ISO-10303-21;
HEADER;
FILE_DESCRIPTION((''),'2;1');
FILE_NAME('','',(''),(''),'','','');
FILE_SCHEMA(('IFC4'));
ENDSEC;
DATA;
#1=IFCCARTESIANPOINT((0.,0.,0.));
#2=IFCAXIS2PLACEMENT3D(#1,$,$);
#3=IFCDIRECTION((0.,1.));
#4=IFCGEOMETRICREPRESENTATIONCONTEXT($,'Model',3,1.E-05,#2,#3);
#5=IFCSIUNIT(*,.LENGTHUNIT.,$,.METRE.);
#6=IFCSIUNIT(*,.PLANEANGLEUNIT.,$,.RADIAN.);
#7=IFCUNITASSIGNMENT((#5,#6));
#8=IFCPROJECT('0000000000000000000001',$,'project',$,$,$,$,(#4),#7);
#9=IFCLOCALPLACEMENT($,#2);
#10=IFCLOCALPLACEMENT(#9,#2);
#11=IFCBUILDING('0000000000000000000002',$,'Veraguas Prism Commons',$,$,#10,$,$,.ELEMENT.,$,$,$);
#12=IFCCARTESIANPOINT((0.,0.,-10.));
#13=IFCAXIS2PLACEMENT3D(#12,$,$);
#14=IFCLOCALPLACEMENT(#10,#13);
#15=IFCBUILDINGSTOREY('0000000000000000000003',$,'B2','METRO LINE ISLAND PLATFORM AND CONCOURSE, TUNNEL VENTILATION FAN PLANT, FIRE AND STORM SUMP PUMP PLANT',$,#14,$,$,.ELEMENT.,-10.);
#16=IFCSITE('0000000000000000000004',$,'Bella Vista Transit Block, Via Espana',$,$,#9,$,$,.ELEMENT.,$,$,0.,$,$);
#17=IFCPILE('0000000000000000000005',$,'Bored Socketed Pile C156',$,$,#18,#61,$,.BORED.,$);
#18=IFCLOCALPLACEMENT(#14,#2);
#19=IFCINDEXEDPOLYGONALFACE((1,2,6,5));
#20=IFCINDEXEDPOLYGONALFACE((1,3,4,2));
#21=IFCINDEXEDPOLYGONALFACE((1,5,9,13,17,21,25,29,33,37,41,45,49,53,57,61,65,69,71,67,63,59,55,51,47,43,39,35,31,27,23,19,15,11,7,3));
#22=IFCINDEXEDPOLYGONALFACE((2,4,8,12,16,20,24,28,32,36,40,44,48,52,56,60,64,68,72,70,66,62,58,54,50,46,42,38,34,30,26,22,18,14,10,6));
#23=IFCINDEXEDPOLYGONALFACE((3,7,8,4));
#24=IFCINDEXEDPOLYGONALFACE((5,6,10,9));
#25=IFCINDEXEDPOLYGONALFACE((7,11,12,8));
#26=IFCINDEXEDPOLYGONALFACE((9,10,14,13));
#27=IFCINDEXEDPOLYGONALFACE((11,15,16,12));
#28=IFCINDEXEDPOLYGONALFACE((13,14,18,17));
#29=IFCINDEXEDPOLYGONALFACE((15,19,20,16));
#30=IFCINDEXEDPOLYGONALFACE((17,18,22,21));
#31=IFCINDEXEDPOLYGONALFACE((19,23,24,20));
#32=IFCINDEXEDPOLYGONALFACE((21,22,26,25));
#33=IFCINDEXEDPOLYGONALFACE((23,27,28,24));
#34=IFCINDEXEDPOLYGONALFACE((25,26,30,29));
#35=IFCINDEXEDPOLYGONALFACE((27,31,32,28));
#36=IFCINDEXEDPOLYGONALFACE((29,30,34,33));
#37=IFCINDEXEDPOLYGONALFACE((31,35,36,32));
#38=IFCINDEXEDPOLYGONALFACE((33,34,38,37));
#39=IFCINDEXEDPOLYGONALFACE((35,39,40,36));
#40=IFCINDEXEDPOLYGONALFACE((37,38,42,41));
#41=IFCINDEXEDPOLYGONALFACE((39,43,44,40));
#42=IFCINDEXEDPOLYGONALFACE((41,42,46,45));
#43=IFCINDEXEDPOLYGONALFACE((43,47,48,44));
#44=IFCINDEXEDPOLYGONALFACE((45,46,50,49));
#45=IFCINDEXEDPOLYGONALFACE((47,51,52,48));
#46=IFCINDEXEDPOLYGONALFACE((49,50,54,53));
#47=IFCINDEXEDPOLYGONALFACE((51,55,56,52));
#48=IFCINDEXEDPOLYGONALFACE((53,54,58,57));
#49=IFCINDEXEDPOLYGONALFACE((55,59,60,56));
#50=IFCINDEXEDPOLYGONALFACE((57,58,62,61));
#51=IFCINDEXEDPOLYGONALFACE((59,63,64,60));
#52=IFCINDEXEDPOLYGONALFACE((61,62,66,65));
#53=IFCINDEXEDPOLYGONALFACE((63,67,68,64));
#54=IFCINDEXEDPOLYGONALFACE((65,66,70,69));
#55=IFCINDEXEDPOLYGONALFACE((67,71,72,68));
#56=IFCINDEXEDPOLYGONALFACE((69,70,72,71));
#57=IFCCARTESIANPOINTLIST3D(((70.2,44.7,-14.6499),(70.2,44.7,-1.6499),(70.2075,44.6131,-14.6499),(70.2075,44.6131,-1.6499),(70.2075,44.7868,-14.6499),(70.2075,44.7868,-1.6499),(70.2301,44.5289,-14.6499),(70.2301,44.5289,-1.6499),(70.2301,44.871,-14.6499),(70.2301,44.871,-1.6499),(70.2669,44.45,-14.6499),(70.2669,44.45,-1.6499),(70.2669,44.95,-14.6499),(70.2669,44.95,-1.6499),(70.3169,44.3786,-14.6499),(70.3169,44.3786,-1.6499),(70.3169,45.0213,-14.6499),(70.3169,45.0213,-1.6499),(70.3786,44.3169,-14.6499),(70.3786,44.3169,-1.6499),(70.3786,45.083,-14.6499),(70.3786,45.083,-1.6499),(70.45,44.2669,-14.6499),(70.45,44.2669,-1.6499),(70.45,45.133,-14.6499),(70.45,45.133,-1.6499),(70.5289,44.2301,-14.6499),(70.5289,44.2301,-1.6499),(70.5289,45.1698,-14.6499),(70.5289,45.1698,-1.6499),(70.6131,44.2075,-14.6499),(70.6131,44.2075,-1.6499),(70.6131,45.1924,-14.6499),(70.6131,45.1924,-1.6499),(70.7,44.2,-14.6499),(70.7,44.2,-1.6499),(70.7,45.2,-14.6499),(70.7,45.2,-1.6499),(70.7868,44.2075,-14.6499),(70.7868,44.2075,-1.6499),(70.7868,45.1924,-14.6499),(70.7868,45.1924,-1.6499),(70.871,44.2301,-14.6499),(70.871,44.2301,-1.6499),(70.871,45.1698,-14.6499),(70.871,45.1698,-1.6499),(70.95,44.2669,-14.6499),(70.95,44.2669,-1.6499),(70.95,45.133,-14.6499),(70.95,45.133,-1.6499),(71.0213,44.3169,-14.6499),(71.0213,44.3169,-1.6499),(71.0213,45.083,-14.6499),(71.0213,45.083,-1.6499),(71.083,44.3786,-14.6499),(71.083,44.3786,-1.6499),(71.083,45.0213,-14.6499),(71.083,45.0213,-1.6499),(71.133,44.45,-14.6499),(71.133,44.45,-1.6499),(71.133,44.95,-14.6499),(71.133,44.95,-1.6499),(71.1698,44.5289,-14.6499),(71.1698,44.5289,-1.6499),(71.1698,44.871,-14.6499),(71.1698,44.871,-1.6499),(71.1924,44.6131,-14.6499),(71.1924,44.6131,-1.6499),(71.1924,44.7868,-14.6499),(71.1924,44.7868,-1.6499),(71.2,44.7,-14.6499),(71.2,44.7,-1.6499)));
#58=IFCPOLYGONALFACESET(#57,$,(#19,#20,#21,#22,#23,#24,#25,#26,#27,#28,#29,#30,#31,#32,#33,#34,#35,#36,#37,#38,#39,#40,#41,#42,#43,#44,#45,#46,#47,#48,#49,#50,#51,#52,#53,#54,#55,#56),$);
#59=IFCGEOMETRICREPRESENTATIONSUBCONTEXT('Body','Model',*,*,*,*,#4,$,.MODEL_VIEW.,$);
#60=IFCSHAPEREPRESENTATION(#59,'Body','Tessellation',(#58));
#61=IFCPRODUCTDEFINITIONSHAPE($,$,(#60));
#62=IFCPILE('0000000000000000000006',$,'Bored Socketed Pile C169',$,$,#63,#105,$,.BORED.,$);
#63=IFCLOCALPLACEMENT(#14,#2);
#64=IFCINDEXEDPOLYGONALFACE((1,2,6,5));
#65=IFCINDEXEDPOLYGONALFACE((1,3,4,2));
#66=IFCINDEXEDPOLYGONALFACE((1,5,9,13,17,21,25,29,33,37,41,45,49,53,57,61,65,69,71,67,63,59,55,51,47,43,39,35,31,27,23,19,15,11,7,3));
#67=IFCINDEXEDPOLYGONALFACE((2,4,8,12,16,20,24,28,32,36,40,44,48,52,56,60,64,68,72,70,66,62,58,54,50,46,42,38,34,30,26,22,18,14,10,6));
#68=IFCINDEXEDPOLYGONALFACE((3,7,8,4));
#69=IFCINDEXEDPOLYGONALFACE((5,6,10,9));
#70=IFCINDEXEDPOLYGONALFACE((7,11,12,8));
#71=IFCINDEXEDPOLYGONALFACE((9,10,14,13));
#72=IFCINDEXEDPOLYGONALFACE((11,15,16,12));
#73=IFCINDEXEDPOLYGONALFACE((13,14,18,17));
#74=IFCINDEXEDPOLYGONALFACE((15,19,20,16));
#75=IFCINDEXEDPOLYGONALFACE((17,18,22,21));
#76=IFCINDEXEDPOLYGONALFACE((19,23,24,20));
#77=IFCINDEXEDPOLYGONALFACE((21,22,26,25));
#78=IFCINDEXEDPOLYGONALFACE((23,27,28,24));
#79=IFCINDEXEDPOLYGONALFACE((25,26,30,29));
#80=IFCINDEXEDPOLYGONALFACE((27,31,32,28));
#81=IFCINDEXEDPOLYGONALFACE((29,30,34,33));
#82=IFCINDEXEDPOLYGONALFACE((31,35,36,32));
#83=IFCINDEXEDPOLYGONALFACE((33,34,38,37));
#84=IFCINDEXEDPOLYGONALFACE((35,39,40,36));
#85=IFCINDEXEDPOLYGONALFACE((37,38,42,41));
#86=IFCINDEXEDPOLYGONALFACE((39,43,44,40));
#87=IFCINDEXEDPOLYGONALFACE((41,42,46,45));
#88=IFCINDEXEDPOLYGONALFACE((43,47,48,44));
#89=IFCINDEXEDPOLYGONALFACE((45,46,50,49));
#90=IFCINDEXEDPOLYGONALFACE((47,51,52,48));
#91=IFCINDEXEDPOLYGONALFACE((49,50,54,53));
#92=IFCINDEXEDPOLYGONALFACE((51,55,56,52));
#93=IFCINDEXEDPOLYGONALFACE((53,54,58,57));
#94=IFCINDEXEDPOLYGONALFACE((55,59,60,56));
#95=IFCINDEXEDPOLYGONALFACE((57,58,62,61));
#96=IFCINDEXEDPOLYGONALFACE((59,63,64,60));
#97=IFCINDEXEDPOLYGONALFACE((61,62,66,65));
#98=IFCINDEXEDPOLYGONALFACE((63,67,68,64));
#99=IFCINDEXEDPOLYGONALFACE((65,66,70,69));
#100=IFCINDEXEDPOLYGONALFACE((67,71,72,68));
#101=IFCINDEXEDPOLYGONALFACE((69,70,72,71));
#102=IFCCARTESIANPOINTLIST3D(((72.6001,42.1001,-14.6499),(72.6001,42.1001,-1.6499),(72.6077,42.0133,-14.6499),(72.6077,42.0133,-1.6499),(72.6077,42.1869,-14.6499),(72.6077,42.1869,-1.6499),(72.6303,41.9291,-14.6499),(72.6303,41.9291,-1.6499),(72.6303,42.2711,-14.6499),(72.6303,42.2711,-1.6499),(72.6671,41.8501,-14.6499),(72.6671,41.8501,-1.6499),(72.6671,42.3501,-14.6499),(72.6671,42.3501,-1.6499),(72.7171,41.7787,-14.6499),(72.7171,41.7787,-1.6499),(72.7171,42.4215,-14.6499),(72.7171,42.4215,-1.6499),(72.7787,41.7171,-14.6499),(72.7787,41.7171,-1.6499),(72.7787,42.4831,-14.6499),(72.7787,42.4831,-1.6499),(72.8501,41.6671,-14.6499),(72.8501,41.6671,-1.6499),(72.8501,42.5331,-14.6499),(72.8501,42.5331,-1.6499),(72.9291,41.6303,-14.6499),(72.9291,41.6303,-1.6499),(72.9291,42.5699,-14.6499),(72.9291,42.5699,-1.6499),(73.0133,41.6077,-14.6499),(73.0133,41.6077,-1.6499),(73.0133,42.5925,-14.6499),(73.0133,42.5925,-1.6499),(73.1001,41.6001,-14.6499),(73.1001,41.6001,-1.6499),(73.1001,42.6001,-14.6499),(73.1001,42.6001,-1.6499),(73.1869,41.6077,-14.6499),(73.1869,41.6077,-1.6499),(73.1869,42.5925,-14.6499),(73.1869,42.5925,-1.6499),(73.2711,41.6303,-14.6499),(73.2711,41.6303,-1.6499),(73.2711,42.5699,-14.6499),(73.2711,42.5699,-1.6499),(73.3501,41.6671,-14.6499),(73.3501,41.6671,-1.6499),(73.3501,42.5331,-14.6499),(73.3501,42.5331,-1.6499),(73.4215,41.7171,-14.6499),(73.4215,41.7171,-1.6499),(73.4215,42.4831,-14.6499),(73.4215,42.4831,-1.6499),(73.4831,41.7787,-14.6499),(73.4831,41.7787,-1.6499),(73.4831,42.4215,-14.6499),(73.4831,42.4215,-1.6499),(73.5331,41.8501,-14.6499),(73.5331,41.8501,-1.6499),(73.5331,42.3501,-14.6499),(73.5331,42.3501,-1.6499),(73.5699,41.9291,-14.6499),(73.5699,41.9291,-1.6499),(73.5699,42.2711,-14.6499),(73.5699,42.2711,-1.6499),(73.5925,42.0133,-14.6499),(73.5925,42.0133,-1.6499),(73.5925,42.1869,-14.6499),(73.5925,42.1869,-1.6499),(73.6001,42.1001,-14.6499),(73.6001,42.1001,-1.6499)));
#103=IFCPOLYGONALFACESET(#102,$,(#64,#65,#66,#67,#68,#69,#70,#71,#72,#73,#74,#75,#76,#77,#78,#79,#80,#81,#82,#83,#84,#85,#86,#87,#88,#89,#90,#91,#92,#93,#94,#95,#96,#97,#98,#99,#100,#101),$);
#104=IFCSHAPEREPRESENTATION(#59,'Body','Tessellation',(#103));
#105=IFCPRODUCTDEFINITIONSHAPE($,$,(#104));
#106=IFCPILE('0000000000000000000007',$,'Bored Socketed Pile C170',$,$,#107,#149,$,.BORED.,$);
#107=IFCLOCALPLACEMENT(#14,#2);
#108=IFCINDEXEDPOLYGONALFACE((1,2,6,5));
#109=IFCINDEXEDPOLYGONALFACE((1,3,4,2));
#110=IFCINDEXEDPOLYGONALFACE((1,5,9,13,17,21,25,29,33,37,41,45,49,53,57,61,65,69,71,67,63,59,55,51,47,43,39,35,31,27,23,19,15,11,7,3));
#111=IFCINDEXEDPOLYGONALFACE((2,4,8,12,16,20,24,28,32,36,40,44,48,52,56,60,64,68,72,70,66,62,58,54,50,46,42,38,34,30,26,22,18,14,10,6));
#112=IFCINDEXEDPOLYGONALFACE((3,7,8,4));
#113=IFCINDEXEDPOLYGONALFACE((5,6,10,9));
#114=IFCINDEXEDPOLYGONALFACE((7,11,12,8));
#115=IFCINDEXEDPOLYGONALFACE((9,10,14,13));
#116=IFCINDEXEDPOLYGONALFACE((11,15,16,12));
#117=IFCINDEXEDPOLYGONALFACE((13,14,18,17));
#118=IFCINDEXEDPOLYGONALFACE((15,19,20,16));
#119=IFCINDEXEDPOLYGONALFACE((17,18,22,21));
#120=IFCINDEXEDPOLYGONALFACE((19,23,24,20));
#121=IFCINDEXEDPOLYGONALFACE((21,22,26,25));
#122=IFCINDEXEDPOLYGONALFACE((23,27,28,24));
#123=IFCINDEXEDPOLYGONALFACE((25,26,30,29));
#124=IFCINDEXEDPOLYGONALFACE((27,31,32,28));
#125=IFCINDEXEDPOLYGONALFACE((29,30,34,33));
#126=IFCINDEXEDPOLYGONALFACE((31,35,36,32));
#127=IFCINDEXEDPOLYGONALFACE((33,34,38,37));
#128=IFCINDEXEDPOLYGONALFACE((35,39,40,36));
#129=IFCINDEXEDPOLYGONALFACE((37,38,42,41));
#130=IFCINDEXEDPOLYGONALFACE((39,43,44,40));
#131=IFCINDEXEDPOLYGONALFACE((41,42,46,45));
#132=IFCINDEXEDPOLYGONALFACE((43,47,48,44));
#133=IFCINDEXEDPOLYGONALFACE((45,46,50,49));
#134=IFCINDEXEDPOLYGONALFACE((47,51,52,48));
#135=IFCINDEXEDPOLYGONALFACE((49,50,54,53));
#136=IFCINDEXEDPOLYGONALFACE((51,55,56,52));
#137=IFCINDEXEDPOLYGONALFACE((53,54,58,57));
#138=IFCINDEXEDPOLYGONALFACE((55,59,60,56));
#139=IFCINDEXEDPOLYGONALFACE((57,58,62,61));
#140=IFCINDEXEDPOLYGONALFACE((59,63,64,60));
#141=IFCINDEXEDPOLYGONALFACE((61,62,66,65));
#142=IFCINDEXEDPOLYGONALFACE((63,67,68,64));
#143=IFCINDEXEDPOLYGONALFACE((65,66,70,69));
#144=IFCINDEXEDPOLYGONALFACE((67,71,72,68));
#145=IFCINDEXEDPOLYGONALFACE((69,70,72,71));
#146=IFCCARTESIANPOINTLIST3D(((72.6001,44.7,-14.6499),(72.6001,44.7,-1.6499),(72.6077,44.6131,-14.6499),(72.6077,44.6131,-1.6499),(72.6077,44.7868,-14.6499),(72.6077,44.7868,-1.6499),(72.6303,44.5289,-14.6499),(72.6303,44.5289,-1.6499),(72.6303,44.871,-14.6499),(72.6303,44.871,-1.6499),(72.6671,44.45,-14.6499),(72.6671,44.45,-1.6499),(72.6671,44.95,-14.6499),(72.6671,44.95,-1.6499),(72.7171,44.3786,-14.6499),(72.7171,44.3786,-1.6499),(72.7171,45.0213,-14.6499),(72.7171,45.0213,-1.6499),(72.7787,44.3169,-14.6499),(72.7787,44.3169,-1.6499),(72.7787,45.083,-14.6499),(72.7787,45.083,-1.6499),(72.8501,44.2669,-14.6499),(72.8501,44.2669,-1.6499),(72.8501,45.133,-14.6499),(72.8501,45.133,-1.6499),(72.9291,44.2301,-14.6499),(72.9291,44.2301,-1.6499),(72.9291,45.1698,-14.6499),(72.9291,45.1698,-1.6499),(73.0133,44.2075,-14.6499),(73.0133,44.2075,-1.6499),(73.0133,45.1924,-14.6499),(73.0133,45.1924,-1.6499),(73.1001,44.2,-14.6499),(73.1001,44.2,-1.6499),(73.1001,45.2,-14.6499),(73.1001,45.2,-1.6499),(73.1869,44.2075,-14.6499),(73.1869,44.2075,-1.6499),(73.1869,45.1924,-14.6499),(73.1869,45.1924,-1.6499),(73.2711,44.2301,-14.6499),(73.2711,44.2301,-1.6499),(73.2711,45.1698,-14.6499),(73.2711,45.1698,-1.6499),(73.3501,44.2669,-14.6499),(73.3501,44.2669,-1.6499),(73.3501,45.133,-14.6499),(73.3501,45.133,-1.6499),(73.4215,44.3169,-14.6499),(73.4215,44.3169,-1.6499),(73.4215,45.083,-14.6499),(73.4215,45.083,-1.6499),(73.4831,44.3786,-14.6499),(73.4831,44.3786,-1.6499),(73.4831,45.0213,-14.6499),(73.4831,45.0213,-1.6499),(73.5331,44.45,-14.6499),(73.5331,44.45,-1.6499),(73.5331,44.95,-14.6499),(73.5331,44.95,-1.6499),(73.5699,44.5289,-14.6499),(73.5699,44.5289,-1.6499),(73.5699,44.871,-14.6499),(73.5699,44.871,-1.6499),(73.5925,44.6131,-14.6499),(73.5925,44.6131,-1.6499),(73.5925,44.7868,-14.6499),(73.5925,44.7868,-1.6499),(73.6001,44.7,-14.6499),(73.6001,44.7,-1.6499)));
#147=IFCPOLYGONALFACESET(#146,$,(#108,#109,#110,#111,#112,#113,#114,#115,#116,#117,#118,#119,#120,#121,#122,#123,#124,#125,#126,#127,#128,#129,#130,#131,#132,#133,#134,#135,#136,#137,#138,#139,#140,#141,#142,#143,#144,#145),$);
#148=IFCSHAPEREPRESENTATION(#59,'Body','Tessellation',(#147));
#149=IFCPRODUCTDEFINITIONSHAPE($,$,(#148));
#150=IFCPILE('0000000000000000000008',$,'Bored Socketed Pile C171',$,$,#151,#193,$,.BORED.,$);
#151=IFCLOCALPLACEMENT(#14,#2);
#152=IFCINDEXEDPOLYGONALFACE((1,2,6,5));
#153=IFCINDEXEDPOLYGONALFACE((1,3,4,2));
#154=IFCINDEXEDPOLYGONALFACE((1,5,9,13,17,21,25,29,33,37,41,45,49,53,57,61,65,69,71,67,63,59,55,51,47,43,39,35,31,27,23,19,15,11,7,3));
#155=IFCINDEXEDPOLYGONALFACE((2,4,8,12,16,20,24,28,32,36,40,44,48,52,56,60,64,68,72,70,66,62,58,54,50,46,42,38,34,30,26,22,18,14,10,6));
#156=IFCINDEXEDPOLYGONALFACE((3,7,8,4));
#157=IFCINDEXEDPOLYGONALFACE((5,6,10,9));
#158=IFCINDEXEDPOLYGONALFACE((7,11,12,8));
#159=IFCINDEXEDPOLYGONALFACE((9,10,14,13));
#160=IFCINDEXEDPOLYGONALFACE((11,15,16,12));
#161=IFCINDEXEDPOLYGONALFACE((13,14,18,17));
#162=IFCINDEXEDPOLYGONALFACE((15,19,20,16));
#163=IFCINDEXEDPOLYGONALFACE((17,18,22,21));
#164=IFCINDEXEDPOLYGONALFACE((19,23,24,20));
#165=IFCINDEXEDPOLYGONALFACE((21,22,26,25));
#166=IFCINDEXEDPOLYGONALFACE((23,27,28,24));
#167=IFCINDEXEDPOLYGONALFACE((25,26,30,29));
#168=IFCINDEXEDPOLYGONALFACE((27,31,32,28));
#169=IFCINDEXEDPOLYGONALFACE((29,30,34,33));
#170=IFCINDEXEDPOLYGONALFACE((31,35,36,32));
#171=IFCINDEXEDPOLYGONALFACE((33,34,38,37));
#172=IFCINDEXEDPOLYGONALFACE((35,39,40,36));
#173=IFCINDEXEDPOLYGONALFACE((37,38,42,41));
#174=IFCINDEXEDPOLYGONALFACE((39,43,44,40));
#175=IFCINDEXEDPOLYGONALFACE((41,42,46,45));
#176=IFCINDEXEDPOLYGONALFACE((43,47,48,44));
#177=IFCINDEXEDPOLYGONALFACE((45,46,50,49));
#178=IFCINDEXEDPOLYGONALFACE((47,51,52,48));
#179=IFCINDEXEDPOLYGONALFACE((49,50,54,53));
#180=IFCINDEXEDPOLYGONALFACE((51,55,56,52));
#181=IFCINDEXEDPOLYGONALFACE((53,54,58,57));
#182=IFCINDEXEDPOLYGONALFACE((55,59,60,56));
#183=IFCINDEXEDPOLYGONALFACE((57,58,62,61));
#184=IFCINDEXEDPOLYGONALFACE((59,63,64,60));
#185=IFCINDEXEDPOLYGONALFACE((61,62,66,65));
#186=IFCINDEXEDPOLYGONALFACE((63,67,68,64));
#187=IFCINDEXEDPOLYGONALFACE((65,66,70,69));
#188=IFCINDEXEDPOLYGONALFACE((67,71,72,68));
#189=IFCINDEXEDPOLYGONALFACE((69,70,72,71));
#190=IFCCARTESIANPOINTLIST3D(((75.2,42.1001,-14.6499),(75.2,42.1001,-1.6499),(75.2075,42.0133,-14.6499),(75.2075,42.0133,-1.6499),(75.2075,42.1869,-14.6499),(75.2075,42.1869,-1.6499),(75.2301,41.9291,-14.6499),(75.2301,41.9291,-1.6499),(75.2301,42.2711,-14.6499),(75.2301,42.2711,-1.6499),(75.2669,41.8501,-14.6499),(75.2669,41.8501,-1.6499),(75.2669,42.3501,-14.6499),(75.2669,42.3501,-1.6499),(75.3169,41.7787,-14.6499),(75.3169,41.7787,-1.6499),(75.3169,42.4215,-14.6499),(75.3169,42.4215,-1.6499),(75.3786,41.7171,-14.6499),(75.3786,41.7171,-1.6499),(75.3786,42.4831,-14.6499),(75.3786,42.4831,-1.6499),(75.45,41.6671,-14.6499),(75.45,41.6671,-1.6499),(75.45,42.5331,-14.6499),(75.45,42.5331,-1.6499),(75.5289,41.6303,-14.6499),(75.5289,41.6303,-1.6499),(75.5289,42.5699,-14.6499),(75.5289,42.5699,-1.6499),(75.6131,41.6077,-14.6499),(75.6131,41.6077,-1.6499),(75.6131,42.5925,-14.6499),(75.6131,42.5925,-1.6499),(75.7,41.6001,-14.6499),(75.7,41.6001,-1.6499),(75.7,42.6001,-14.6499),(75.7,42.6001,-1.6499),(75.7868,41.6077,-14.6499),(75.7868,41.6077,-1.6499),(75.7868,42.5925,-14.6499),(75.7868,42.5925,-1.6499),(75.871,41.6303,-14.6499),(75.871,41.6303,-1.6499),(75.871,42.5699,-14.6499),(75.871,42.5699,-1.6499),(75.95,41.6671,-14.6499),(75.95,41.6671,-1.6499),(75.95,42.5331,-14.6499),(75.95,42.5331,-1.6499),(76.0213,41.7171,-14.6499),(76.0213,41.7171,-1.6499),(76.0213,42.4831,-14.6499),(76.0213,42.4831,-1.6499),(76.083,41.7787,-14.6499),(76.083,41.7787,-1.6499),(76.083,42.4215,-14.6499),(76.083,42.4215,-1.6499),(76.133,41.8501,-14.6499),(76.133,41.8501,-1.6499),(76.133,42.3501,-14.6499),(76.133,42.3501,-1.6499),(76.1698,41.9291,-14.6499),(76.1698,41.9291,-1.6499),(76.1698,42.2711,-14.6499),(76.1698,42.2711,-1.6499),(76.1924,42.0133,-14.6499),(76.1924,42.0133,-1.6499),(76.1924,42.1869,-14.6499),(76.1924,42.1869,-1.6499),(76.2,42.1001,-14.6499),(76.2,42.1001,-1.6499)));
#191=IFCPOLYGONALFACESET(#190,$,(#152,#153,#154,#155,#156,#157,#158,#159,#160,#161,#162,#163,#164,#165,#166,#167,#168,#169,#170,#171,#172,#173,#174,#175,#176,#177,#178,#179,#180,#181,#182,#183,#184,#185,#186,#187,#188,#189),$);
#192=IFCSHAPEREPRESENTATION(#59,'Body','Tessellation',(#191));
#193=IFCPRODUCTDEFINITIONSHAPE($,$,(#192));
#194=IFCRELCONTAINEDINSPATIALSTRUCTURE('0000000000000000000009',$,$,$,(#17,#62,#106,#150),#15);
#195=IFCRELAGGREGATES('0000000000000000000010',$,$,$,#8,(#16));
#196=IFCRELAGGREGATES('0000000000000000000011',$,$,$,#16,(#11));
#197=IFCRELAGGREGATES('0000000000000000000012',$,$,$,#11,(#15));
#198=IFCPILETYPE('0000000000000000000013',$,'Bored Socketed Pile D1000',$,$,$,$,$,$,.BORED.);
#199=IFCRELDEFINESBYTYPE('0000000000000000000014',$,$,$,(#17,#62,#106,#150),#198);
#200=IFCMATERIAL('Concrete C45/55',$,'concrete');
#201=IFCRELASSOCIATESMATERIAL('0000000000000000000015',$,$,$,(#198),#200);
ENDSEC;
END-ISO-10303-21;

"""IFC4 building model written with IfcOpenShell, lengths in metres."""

from ifc_helpers import new_model, si_unit, direction, frame, origin, origin_2d, place, context, subcontext, project, spatial, circle, extrude, source, transform, mapped, material, material_profile, profile_set, type_object, element, save


model = new_model("IFC4")

# Units and contexts
model_context = context("Model", 3, precision=1e-05, world=origin(), true_north=direction((0.0, 1.0)))
body_context = subcontext(model_context, "Body", "Model", "MODEL_VIEW")
ifc_project = project(units=[si_unit("LENGTHUNIT", "METRE"), si_unit("PLANEANGLEUNIT", "RADIAN")], contexts=[model_context])

# Site, building, storey
site_placement = place(None, origin())
site = spatial("IfcSite", under=ifc_project, at=site_placement, Name="Bella Vista Transit Block, Via Espana", CompositionType="ELEMENT", RefElevation=0.0)
building_placement = place(site_placement, origin())
building = spatial("IfcBuilding", under=site, at=building_placement, Name="Veraguas Prism Commons", CompositionType="ELEMENT")
storey_placement = place(building_placement, frame((0.0, 0.0, -10.0)))
storey = spatial("IfcBuildingStorey", under=building, at=storey_placement, Name="B2", Description="METRO LINE ISLAND PLATFORM AND CONCOURSE, TUNNEL VENTILATION FAN PLANT, FIRE AND STORM SUMP PUMP PLANT", CompositionType="ELEMENT", Elevation=-10.0)

# Shared definitions
ifc_material_1 = material(Name="Concrete C45/55", Category="concrete")

# Piles
ifc_material_profile_1 = material_profile(ifc_material_1, circle(Radius=0.5, at=origin_2d()), Name="PILE1000")
ifc_profile_set_1 = profile_set([ifc_material_profile_1], Name="Concrete C45/55")
pile_type = type_object("IfcPileType", Name="Bored Socketed Pile D1000", PredefinedType="BORED", material=ifc_profile_set_1)
shared_shape_1 = source(origin(), body_context, "Body", "SweptSolid", [
    extrude(circle(Radius=0.5, at=origin_2d()), origin(), (0.0, 0.0, 1.0), 13.0),
])
for number, where, z_axis, x_axis, name in (
    (1, (70.7, 44.7, -1.6499), (0.0, 0.0, -1.0), (1.0, 0.0, 0.0), "Bored Socketed Pile C156"),
    (2, (73.1001, 42.1001, -1.6499), (0.0, 0.0, -1.0), (1.0, 0.0, 0.0), "Bored Socketed Pile C169"),
    (3, (73.1001, 44.7, -1.6499), (0.0, 0.0, -1.0), (1.0, 0.0, 0.0), "Bored Socketed Pile C170"),
    (4, (75.7, 42.1001, -1.6499), (0.0, 0.0, -1.0), (1.0, 0.0, 0.0), "Bored Socketed Pile C171"),
):
    element("IfcPile", number, at=place(storey_placement, frame(where, z_axis=z_axis, x_axis=x_axis)), inside=storey, type_object=pile_type, Name=name, PredefinedType="BORED", context=body_context, shape_type="MappedRepresentation", body=[
        mapped(shared_shape_1, transform((0.0, 0.0, 0.0), scale=1.0)),
    ])

save(model, "model.ifc")
